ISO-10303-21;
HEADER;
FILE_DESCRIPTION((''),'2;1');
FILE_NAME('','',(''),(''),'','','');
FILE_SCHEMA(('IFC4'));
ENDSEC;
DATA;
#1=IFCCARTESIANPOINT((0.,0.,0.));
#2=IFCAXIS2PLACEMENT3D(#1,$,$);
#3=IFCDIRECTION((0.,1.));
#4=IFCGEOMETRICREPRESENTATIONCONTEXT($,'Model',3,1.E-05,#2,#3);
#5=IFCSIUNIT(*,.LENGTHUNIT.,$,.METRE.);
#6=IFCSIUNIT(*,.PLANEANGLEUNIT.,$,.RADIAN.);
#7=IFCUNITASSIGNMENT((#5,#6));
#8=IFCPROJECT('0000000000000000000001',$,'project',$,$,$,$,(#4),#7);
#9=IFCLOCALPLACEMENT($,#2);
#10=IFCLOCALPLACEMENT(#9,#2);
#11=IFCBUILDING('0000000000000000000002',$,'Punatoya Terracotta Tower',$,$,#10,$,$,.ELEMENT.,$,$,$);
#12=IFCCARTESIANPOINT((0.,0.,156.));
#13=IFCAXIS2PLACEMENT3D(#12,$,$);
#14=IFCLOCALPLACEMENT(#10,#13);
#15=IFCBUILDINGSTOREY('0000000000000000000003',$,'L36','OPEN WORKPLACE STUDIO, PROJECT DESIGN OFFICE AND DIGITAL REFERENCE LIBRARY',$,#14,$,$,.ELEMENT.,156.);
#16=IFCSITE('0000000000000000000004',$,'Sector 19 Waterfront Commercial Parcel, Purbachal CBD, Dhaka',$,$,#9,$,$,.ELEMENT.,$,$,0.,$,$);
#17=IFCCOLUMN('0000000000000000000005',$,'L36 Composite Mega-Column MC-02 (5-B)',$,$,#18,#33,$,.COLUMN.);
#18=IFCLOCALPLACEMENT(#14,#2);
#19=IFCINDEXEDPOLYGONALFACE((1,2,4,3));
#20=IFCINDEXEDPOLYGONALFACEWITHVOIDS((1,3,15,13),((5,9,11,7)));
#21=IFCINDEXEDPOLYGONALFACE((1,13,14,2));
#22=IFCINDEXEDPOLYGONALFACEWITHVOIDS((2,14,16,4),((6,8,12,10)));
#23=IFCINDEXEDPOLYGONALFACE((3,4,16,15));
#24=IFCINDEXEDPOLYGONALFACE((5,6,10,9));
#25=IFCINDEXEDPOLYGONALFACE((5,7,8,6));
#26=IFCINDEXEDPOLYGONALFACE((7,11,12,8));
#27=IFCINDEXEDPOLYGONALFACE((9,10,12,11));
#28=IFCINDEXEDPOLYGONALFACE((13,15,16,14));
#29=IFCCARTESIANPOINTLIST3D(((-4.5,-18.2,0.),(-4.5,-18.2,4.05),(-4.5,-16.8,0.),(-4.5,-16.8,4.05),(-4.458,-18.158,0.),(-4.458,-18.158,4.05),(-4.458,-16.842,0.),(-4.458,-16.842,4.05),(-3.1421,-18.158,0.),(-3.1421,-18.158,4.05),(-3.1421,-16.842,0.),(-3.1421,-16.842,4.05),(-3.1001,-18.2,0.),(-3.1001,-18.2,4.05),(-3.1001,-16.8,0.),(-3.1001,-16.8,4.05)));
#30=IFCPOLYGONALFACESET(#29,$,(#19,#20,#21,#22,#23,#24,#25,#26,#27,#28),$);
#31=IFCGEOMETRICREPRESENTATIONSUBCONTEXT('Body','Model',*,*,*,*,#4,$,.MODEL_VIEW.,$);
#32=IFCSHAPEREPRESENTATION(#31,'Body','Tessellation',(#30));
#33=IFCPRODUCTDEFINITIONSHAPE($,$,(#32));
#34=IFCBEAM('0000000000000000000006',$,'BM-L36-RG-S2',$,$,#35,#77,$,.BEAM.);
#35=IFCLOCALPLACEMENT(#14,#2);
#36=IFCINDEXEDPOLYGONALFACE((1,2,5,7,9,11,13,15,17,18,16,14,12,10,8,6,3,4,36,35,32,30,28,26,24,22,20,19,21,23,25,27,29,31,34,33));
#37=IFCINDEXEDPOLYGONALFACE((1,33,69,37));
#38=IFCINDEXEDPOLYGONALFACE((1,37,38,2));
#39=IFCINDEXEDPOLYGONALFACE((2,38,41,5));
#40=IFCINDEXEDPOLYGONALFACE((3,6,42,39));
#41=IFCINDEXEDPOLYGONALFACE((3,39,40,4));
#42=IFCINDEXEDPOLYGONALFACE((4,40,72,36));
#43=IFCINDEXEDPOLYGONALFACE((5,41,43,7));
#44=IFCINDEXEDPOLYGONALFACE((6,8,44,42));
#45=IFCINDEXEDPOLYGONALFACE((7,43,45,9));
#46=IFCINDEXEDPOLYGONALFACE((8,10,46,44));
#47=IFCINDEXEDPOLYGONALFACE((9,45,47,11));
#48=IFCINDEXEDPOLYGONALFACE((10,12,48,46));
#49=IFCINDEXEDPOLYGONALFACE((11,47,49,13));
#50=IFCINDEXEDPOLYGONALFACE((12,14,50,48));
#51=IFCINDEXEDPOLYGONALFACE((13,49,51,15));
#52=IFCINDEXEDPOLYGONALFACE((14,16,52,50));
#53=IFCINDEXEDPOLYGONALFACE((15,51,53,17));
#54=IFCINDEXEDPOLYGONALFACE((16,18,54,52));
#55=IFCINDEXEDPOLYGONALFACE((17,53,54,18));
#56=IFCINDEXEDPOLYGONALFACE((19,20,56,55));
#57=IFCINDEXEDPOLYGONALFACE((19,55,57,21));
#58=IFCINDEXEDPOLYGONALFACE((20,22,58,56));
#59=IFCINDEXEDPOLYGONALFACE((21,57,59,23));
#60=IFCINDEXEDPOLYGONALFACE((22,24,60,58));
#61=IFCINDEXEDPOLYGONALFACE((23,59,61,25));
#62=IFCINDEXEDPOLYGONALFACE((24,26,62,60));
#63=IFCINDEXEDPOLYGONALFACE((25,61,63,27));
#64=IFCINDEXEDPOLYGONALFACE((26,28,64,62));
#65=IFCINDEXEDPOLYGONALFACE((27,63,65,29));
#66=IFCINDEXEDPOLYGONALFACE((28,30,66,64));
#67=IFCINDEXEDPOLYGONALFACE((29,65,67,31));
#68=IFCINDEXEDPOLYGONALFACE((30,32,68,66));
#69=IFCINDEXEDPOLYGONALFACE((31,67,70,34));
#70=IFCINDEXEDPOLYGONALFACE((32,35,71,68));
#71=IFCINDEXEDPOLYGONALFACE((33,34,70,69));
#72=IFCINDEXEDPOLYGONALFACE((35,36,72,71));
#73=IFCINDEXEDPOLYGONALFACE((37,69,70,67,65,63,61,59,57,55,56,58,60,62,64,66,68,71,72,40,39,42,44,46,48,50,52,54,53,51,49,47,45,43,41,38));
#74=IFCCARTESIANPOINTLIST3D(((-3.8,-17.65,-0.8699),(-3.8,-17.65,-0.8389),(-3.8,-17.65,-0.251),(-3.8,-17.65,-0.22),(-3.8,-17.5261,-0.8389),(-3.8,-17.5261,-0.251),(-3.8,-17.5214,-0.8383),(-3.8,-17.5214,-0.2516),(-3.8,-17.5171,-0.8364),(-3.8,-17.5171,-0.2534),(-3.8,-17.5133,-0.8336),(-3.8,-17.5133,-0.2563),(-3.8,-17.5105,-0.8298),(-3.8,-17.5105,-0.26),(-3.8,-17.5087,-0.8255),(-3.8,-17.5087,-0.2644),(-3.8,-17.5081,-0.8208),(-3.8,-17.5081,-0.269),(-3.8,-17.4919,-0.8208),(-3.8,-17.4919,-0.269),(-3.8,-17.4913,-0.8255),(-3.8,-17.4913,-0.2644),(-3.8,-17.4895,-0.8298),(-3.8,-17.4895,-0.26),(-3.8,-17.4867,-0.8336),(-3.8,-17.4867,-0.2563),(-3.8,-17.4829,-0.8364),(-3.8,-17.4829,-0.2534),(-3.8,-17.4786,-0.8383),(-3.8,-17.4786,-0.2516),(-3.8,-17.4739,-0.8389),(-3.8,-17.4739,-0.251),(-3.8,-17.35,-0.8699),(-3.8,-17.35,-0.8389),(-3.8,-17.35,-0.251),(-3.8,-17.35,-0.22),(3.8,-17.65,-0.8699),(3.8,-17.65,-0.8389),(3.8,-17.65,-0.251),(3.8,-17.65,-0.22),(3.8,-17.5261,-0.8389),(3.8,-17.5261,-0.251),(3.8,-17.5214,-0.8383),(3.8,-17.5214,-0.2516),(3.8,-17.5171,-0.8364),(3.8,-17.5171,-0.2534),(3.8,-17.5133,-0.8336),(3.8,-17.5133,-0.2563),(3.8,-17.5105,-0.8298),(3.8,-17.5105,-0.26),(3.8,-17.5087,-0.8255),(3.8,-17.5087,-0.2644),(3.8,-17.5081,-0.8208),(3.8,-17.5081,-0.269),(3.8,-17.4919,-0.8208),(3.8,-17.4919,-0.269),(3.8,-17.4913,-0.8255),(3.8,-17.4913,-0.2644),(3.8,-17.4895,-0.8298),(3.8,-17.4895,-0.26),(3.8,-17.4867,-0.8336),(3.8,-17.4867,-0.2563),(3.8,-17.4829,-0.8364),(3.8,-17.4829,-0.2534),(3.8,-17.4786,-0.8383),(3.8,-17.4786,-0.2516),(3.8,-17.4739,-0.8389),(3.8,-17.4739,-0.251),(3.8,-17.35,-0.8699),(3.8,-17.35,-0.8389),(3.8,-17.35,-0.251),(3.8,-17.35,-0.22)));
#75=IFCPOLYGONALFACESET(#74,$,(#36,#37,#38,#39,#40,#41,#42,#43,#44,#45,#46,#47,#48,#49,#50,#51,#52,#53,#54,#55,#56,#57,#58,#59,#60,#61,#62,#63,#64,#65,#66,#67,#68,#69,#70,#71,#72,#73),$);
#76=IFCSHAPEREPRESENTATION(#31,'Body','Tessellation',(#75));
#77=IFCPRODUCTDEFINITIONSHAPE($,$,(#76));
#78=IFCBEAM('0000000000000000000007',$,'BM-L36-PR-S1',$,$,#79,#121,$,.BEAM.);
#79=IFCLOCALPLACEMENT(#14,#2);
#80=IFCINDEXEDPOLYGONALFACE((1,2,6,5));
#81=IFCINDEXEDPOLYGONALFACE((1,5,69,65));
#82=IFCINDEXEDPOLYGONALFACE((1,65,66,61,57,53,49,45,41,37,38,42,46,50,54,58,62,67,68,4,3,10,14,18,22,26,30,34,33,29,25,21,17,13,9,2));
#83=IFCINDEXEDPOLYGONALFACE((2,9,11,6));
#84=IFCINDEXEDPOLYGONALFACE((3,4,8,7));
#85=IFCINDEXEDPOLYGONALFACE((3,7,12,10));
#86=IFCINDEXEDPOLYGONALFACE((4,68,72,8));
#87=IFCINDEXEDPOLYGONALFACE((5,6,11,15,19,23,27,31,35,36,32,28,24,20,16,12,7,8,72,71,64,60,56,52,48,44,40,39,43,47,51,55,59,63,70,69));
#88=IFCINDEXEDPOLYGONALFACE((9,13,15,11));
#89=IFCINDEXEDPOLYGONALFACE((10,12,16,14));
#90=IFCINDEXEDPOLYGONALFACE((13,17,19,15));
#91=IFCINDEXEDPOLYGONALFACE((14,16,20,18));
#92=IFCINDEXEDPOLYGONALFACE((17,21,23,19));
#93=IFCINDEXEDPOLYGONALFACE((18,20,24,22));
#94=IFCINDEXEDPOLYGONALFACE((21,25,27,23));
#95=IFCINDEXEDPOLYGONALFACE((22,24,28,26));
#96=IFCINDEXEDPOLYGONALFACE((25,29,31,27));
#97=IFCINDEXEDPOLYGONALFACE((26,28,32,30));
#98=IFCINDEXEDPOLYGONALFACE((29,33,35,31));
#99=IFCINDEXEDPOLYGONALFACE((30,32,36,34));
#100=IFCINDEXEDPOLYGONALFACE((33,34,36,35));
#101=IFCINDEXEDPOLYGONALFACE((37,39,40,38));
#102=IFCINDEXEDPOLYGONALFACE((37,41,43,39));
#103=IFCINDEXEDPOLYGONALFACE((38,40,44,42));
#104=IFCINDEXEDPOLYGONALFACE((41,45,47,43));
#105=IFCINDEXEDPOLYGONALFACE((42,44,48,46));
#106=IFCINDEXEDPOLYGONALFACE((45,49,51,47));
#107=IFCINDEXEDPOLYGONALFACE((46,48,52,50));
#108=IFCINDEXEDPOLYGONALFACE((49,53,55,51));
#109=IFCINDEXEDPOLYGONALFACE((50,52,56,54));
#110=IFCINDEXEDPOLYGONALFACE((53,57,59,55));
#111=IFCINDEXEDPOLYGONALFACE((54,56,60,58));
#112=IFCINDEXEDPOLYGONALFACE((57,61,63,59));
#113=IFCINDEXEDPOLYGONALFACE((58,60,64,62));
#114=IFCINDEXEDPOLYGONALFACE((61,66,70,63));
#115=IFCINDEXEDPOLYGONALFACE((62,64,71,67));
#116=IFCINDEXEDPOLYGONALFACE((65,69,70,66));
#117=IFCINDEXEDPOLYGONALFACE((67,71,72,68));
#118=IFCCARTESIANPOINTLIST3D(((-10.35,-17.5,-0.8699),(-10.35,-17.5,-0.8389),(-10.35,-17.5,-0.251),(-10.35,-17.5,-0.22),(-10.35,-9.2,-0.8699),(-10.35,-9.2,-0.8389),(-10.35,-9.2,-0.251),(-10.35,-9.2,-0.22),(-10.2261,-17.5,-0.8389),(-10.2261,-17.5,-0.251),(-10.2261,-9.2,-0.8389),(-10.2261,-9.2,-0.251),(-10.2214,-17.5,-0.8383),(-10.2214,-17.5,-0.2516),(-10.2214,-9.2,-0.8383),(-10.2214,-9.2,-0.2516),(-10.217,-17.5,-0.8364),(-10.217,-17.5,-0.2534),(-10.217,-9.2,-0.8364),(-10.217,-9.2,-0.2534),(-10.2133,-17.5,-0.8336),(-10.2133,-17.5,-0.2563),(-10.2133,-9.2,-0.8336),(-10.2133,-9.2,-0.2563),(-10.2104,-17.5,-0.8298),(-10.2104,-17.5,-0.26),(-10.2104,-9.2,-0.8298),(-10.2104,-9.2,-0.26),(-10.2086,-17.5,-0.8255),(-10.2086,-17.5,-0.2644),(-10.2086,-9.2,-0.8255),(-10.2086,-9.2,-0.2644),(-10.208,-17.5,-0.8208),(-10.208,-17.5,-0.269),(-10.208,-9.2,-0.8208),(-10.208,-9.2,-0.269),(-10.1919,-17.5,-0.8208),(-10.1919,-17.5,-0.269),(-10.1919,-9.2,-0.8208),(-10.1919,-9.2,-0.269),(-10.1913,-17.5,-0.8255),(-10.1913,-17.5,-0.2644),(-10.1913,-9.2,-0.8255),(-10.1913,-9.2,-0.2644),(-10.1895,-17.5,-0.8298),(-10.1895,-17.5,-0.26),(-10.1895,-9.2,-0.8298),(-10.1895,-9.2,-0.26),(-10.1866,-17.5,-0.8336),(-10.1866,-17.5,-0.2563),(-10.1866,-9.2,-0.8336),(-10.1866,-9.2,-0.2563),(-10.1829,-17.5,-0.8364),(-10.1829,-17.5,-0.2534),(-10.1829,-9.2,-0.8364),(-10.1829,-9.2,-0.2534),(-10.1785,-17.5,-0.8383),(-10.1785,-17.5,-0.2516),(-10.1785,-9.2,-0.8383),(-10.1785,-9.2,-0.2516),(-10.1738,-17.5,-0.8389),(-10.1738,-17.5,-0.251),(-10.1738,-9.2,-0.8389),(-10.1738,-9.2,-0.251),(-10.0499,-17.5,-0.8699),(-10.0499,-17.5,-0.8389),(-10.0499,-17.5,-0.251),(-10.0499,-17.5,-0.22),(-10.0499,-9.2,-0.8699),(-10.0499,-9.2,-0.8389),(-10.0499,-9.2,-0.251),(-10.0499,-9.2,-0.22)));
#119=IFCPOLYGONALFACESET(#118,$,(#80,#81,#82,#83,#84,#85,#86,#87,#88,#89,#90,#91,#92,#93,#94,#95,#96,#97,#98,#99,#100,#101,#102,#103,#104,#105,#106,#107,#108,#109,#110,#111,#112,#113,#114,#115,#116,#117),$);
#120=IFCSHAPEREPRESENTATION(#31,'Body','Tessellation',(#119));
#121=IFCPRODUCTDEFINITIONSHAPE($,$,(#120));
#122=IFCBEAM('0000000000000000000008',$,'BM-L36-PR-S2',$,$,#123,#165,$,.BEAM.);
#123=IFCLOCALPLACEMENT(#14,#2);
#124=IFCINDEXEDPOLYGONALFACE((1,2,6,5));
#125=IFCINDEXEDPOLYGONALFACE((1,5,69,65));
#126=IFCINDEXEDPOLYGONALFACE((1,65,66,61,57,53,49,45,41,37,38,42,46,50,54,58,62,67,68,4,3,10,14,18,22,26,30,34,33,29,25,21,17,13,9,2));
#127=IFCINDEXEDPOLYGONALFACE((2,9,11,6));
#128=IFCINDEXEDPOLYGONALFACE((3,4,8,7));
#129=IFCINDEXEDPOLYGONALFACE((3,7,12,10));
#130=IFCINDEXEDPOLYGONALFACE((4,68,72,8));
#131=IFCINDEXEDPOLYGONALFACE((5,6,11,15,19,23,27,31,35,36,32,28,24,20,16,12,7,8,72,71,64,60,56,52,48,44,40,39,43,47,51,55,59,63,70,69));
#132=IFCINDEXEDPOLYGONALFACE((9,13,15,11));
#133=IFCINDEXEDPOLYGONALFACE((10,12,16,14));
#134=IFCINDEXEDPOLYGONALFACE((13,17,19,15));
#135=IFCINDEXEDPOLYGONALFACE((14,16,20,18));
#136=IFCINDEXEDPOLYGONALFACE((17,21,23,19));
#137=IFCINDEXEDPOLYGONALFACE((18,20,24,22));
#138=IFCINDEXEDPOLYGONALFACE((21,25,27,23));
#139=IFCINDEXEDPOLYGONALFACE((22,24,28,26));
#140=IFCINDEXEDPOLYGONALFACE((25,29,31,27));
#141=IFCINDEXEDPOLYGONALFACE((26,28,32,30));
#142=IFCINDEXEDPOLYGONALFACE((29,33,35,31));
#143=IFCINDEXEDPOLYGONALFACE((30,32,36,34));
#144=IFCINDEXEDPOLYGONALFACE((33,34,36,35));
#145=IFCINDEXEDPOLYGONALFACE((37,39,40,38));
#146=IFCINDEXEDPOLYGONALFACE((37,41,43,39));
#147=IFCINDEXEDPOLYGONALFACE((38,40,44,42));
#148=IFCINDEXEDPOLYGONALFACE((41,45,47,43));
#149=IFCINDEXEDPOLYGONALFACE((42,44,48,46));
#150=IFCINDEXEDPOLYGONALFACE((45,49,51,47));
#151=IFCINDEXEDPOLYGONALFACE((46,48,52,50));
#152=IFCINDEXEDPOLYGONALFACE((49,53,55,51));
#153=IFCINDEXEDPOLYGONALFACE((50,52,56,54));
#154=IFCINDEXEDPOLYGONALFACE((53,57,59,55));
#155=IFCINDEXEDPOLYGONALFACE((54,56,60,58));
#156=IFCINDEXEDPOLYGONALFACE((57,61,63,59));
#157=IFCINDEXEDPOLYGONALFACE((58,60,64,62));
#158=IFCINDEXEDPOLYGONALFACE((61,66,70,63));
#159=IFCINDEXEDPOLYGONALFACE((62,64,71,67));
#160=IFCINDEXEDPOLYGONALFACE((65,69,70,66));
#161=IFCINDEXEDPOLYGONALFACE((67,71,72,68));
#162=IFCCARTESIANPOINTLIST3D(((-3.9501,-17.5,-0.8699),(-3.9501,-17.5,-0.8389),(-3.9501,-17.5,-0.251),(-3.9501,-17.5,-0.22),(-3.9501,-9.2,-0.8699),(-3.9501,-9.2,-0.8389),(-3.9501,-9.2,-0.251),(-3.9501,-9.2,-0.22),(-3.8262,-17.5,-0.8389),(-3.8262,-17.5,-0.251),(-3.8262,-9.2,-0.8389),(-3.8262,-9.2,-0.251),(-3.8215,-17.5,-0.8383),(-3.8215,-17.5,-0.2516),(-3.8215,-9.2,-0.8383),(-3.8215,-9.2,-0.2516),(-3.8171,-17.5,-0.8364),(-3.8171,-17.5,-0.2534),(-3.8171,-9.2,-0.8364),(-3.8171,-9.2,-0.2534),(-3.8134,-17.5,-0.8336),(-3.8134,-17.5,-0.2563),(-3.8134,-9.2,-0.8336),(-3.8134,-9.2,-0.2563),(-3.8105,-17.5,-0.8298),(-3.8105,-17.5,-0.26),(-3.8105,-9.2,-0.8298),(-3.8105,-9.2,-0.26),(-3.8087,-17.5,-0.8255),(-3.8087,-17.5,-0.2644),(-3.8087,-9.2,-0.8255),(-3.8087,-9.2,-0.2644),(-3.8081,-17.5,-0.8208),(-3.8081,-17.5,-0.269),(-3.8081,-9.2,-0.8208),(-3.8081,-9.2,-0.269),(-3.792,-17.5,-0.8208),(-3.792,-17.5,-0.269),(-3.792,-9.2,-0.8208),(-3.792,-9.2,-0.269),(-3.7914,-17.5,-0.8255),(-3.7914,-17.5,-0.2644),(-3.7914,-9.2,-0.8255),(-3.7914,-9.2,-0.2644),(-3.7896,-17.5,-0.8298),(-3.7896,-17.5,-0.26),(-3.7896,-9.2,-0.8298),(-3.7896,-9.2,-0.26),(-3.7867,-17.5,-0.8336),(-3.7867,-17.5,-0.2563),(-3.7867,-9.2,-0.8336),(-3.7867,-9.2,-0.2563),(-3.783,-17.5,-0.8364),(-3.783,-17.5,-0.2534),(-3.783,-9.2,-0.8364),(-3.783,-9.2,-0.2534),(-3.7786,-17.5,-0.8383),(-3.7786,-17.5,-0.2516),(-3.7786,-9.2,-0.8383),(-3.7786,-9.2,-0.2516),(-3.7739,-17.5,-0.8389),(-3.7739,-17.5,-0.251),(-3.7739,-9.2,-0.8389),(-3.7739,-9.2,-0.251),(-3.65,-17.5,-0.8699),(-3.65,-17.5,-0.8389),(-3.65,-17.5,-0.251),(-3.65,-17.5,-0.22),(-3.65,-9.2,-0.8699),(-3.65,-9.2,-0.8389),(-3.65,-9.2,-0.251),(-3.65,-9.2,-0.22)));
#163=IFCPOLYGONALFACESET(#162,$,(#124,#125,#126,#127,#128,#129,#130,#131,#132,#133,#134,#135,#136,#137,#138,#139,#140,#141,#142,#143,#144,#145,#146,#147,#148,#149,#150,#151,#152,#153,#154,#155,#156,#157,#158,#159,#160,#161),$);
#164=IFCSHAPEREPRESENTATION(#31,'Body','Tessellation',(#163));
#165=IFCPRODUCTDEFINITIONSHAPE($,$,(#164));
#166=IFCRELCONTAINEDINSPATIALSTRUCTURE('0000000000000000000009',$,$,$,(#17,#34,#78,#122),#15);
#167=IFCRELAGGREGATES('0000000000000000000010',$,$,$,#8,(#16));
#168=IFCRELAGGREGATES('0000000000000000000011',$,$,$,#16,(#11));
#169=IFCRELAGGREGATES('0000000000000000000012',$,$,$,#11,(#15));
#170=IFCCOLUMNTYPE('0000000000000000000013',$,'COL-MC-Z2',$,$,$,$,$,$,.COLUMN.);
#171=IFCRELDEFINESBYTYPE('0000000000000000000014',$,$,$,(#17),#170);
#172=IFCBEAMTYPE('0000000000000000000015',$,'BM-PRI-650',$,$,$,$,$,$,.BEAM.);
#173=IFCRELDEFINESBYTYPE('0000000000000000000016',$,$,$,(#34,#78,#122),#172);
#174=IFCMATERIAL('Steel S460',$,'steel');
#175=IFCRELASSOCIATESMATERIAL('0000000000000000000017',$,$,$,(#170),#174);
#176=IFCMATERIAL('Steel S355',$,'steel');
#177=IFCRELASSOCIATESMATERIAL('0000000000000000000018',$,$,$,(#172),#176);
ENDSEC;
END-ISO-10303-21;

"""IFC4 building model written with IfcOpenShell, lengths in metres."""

from ifc_helpers import new_model, si_unit, direction, frame, origin, origin_2d, place, context, subcontext, project, spatial, hollow_rectangle, i_section, extrude, material, material_profile, profile_set, type_object, element, save


model = new_model("IFC4")

# Units and contexts
model_context = context("Model", 3, precision=1e-05, world=origin(), true_north=direction((0.0, 1.0)))
body_context = subcontext(model_context, "Body", "Model", "MODEL_VIEW")
ifc_project = project(units=[si_unit("LENGTHUNIT", "METRE"), si_unit("PLANEANGLEUNIT", "RADIAN")], contexts=[model_context])

# Site, building, storey
site_placement = place(None, origin())
site = spatial("IfcSite", under=ifc_project, at=site_placement, Name="Sector 19 Waterfront Commercial Parcel, Purbachal CBD, Dhaka", CompositionType="ELEMENT", RefElevation=0.0)
building_placement = place(site_placement, origin())
building = spatial("IfcBuilding", under=site, at=building_placement, Name="Punatoya Terracotta Tower", CompositionType="ELEMENT")
storey_placement = place(building_placement, frame((0.0, 0.0, 156.0)))
storey = spatial("IfcBuildingStorey", under=building, at=storey_placement, Name="L36", Description="OPEN WORKPLACE STUDIO, PROJECT DESIGN OFFICE AND DIGITAL REFERENCE LIBRARY", CompositionType="ELEMENT", Elevation=156.0)

# Column
ifc_material_1 = material(Name="Steel S460", Category="steel")
ifc_material_profile_1 = material_profile(ifc_material_1, hollow_rectangle(XDim=1.3999, YDim=1.3999, WallThickness=0.042, at=origin_2d()))
ifc_profile_set_1 = profile_set([ifc_material_profile_1], Name="Steel S460")
column_type = type_object("IfcColumnType", Name="COL-MC-Z2", PredefinedType="COLUMN", material=ifc_profile_set_1)
column_placement = place(storey_placement, frame((-3.8, -17.5, 0.0), z_axis=(0.0, 0.0, 1.0), x_axis=(1.0, 0.0, 0.0)))
element("IfcColumn", 1, at=column_placement, inside=storey, type_object=column_type, Name="L36 Composite Mega-Column MC-02 (5-B)", PredefinedType="COLUMN", context=body_context, shape_type="SweptSolid", body=[
    extrude(hollow_rectangle(XDim=1.3999, YDim=1.3999, WallThickness=0.042, at=origin_2d()), origin(), (0.0, 0.0, 1.0), 4.05),
])

# Beams
ifc_material_2 = material(Name="Steel S355", Category="steel")
ifc_material_profile_2 = material_profile(ifc_material_2, i_section(OverallWidth=0.3, OverallDepth=0.6499, WebThickness=0.0161, FlangeThickness=0.031, FilletRadius=0.0181, at=origin_2d()))
ifc_profile_set_2 = profile_set([ifc_material_profile_2], Name="Steel S355")
beam_type_1 = type_object("IfcBeamType", Name="BM-PRI-650", PredefinedType="BEAM", material=ifc_profile_set_2)
beam_1_placement = place(storey_placement, frame((-3.8, -17.5, -0.5449), z_axis=(1.0, 0.0, 0.0), x_axis=(0.0, 1.0, 0.0)))
element("IfcBeam", 2, at=beam_1_placement, inside=storey, type_object=beam_type_1, Name="BM-L36-RG-S2", PredefinedType="BEAM", context=body_context, shape_type="SweptSolid", body=[
    extrude(i_section(OverallWidth=0.3, OverallDepth=0.6499, WebThickness=0.0161, FlangeThickness=0.031, FilletRadius=0.0181, at=origin_2d()), origin(), (0.0, 0.0, 1.0), 7.6001),
])
for number, where, z_axis, x_axis, name in (
    (3, (-10.2, -17.5, -0.5449), (0.0, 1.0, 0.0), (-1.0, 0.0, 0.0), "BM-L36-PR-S1"),
    (4, (-3.8, -17.5, -0.5449), (0.0, 1.0, 0.0), (-1.0, 0.0, 0.0), "BM-L36-PR-S2"),
):
    element("IfcBeam", number, at=place(storey_placement, frame(where, z_axis=z_axis, x_axis=x_axis)), inside=storey, type_object=beam_type_1, Name=name, PredefinedType="BEAM", context=body_context, shape_type="SweptSolid", body=[
        extrude(i_section(OverallWidth=0.3, OverallDepth=0.6499, WebThickness=0.0161, FlangeThickness=0.031, FilletRadius=0.0181, at=origin_2d()), origin(), (0.0, 0.0, 1.0), 8.3),
    ])

save(model, "model.ifc")
